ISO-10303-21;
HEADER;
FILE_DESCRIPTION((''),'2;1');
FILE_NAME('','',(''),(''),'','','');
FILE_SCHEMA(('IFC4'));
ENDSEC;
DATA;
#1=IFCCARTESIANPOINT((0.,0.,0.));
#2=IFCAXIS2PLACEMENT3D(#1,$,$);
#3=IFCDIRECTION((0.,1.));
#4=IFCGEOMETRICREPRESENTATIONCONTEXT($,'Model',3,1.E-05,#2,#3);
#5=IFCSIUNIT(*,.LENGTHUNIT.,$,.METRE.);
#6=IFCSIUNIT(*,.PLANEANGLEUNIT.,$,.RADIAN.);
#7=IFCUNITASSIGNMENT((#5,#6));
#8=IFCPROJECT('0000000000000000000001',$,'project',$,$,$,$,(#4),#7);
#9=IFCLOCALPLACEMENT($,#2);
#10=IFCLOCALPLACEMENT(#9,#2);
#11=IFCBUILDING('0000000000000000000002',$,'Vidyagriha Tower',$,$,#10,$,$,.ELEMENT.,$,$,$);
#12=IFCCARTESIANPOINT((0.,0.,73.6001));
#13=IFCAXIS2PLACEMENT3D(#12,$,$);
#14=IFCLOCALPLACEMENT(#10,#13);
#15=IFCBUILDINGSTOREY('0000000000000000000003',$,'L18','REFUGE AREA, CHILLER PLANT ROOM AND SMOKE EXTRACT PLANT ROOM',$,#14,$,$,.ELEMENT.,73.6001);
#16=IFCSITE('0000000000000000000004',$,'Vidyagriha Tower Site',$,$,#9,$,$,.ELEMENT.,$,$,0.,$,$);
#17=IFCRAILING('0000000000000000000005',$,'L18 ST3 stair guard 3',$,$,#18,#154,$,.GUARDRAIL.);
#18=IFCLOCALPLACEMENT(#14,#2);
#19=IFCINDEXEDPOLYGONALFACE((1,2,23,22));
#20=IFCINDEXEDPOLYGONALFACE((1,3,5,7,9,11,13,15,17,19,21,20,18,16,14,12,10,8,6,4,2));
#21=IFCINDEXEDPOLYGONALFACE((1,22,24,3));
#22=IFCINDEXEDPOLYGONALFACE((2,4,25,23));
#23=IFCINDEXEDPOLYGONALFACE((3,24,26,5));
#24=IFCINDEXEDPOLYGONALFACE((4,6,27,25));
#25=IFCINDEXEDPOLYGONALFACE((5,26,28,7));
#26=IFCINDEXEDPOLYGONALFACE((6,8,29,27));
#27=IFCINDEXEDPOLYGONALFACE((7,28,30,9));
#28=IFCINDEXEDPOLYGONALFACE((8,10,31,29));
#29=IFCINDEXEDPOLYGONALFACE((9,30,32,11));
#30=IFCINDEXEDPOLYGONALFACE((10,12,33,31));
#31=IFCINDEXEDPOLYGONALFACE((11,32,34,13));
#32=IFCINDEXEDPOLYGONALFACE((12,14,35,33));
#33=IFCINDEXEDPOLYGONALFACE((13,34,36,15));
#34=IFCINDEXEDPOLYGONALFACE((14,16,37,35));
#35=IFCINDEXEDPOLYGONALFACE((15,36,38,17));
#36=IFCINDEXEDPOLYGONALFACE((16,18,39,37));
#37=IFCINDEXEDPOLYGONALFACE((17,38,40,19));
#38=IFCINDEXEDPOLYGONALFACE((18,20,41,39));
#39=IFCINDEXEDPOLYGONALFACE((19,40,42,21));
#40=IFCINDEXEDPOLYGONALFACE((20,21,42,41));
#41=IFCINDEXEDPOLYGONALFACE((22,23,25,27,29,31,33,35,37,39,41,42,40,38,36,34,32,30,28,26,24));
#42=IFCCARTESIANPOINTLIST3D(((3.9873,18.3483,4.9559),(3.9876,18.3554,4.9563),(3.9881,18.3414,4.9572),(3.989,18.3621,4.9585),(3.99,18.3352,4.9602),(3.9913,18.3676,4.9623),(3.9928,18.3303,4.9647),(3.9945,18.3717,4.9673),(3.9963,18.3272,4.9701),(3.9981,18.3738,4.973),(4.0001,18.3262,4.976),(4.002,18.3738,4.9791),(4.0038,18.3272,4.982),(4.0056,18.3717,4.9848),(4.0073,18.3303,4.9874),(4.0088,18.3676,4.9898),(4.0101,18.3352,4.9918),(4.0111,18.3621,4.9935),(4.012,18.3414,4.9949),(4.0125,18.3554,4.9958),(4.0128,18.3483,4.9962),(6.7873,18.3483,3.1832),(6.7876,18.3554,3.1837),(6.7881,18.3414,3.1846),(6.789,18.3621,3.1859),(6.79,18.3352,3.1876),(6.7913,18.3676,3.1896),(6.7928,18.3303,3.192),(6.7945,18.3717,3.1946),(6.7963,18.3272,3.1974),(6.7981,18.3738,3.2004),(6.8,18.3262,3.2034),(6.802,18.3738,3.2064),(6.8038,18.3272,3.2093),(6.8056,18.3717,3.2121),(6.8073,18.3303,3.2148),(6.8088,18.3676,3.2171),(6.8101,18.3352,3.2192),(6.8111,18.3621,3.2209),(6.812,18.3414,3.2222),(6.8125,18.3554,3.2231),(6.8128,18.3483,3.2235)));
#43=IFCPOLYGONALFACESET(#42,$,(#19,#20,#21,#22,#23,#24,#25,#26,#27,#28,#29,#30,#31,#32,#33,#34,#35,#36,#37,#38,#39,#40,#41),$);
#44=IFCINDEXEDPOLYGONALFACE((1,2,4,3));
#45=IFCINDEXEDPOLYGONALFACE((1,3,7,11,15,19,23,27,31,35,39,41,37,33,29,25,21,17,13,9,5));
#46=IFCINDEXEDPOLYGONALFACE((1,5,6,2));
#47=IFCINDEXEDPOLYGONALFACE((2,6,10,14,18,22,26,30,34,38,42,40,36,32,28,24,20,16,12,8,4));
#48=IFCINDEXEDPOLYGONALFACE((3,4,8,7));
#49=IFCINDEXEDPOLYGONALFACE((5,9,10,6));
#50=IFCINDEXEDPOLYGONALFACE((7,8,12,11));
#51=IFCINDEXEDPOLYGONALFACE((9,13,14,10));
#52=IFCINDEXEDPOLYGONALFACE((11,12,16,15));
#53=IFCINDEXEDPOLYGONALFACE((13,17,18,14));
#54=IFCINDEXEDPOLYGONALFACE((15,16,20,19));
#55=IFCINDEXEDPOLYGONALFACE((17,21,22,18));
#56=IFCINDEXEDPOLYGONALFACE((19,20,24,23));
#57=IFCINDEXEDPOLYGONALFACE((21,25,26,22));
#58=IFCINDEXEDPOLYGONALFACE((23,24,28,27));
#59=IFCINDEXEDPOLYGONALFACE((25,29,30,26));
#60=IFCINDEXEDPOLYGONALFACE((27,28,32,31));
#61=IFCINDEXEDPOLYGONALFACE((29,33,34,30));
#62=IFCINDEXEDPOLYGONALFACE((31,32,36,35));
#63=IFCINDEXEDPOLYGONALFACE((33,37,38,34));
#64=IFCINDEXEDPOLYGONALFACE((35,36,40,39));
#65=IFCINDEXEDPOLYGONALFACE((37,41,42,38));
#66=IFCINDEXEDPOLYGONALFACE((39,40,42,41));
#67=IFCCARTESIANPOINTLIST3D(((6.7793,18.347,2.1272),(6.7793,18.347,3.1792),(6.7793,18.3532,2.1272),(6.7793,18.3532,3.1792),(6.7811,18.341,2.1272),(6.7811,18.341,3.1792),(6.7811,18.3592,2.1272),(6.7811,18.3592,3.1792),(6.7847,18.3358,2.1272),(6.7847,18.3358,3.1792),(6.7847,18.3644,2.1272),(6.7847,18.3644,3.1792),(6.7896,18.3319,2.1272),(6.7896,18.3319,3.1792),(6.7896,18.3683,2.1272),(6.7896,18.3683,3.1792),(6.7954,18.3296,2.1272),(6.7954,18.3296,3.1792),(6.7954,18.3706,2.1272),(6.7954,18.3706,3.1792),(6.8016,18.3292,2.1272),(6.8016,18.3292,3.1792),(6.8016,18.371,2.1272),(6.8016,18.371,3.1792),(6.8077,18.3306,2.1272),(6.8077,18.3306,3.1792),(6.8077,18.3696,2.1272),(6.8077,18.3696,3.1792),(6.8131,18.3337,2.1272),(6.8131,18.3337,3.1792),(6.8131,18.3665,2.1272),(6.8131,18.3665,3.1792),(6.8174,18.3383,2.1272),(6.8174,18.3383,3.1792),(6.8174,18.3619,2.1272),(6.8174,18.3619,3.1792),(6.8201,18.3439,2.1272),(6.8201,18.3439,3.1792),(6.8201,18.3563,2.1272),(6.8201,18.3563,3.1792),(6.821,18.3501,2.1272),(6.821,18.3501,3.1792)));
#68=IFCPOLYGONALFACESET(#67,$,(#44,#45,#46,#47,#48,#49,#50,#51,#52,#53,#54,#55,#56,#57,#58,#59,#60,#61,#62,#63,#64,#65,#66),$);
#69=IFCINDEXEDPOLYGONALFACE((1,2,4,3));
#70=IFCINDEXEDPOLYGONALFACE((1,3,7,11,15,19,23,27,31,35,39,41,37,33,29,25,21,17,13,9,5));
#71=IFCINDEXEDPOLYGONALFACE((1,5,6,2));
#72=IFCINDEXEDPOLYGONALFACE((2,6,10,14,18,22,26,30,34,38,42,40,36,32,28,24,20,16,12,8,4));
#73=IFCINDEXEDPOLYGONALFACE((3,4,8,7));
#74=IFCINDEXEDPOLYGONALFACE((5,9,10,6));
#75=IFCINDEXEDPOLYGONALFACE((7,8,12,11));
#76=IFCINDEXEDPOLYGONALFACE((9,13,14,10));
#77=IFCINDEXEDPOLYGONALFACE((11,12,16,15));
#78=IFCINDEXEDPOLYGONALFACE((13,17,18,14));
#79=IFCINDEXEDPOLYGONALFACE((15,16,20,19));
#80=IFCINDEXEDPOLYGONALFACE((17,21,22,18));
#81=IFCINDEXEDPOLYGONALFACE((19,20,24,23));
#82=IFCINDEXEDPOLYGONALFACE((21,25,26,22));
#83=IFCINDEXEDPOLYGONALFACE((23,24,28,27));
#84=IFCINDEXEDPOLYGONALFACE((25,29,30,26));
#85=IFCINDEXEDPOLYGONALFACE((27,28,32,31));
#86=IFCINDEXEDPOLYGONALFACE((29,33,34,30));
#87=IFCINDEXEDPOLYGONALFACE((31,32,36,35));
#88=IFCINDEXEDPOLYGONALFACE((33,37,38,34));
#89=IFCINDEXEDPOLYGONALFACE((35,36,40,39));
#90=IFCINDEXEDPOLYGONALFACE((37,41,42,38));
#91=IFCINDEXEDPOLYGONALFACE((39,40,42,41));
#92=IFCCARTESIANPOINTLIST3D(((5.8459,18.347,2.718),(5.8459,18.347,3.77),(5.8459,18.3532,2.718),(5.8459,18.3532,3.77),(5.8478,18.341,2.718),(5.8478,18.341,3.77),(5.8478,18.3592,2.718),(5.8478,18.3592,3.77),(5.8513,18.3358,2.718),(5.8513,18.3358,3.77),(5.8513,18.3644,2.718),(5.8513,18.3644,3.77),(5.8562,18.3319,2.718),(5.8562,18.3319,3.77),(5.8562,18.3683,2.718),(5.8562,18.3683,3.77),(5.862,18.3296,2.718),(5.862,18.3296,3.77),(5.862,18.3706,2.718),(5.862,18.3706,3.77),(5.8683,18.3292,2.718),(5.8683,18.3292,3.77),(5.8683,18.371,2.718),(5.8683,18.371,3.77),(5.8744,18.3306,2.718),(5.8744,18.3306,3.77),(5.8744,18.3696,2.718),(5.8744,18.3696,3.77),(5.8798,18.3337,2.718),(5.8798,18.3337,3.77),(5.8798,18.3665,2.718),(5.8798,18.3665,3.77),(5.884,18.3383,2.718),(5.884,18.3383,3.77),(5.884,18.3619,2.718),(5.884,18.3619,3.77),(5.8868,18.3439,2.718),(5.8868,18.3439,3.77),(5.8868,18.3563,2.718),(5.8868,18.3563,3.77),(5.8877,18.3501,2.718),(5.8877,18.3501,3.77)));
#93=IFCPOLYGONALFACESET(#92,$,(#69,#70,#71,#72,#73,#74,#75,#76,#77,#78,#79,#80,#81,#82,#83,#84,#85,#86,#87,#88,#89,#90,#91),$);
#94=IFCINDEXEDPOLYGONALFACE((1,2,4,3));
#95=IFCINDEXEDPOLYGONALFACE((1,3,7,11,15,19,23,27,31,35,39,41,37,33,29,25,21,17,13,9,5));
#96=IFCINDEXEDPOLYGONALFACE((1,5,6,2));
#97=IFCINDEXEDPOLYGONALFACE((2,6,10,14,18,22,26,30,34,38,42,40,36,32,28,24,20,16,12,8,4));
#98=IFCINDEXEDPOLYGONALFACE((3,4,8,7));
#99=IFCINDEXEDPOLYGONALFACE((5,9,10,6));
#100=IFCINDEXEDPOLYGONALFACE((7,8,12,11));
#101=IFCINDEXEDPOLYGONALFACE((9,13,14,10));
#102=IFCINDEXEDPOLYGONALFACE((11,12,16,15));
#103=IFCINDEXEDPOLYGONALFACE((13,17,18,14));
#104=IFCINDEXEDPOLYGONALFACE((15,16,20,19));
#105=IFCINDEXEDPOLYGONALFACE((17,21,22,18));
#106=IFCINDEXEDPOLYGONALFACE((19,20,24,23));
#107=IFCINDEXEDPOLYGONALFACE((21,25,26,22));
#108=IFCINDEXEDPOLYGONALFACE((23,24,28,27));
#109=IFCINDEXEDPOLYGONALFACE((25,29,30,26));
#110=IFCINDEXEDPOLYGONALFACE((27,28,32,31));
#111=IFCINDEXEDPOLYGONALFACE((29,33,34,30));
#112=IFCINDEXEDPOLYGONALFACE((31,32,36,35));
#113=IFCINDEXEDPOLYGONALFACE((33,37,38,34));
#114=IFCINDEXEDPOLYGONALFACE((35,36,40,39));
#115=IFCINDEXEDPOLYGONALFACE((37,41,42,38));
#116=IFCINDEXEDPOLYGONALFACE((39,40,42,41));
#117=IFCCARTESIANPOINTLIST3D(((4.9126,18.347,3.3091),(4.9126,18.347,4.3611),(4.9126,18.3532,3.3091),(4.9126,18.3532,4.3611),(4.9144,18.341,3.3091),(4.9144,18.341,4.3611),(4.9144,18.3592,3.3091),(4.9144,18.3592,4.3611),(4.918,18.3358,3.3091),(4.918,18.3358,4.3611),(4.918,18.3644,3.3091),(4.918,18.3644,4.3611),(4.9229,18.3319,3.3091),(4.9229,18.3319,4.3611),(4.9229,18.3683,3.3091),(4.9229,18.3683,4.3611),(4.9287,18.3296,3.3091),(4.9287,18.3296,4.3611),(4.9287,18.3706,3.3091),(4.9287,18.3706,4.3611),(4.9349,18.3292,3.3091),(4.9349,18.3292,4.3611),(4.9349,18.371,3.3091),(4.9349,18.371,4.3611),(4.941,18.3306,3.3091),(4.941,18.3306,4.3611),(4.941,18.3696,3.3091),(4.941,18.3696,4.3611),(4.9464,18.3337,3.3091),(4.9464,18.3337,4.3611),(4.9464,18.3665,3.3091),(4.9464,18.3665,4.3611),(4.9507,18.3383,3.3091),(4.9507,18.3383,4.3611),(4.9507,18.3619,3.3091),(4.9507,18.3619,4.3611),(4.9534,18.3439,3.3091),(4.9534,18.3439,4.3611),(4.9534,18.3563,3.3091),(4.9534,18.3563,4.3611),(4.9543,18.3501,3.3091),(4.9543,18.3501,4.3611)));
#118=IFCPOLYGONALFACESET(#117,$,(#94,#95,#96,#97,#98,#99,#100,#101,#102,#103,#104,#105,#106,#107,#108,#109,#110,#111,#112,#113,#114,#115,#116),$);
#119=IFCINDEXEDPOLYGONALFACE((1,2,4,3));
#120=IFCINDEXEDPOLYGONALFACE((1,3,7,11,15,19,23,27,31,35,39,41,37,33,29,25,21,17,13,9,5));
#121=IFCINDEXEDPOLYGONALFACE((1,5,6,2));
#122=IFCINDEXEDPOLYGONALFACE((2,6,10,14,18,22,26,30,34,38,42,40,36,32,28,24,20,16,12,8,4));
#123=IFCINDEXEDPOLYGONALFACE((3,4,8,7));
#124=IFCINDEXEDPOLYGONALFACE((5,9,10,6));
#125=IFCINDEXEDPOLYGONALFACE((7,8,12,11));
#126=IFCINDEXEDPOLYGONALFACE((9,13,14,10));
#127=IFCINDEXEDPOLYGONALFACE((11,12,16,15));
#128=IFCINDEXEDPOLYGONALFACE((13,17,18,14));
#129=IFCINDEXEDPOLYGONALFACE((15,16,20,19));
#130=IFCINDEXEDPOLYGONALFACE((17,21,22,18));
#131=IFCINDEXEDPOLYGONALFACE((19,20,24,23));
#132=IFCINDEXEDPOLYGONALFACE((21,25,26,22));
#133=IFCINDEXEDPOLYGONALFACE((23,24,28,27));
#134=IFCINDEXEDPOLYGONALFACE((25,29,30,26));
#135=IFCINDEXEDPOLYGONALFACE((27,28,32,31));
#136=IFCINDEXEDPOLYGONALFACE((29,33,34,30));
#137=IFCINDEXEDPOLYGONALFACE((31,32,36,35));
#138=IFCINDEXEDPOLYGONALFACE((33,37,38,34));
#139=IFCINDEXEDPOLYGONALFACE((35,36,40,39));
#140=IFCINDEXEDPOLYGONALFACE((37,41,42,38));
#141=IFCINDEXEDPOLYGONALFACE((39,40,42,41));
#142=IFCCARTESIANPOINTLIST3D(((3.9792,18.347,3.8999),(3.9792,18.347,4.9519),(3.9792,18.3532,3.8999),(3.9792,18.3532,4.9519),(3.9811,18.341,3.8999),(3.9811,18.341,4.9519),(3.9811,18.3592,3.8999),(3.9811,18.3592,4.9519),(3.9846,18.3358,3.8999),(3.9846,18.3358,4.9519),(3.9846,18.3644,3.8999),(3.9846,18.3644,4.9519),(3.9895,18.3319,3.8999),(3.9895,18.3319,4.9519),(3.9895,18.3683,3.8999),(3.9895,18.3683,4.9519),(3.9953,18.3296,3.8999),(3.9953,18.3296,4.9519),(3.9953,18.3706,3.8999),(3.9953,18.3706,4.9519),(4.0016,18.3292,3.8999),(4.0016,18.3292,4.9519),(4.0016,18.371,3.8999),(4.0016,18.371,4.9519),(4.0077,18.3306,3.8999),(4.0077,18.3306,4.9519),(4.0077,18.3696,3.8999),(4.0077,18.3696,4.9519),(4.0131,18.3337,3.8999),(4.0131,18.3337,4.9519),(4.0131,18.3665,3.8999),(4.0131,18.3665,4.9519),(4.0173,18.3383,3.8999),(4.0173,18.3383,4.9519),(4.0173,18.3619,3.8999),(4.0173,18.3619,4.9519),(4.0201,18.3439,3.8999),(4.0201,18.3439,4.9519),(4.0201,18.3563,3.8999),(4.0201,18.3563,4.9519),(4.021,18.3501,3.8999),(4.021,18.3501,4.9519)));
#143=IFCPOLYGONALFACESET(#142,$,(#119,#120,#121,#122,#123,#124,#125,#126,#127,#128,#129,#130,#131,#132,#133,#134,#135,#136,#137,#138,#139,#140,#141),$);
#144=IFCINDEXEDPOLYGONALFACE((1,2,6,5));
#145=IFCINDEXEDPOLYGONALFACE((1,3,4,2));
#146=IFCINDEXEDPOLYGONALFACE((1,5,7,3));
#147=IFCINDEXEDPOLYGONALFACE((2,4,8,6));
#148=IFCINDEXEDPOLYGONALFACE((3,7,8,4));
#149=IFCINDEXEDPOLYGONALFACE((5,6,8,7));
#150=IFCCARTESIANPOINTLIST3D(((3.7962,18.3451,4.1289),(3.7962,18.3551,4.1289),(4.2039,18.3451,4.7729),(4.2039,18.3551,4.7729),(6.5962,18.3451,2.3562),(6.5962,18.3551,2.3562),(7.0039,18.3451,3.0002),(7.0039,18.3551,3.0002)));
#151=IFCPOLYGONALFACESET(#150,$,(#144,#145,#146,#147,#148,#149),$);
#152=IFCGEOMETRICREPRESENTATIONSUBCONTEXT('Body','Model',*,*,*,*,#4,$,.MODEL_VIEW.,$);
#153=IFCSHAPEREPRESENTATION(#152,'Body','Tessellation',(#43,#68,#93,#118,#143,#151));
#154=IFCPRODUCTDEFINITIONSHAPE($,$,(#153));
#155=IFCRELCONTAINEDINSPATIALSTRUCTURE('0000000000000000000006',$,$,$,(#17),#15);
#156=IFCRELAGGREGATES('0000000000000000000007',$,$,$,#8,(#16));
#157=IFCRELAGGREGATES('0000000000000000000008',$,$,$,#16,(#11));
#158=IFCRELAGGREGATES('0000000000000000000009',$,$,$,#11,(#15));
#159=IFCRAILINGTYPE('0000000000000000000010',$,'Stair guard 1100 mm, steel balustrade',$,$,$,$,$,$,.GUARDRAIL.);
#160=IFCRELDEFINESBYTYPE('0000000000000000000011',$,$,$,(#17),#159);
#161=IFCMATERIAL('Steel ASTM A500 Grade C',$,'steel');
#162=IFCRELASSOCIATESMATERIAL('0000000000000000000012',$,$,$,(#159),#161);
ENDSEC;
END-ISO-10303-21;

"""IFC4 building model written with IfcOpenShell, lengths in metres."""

from ifc_helpers import new_model, si_unit, direction, frame, origin, origin_2d, place, context, subcontext, project, spatial, rectangle, circle, extrude, material, type_object, element, save


model = new_model("IFC4")

# Units and contexts
model_context = context("Model", 3, precision=1e-05, world=origin(), true_north=direction((0.0, 1.0)))
body_context = subcontext(model_context, "Body", "Model", "MODEL_VIEW")
ifc_project = project(units=[si_unit("LENGTHUNIT", "METRE"), si_unit("PLANEANGLEUNIT", "RADIAN")], contexts=[model_context])

# Site, building, storey
site_placement = place(None, origin())
site = spatial("IfcSite", under=ifc_project, at=site_placement, Name="Vidyagriha Tower Site", CompositionType="ELEMENT", RefElevation=0.0)
building_placement = place(site_placement, origin())
building = spatial("IfcBuilding", under=site, at=building_placement, Name="Vidyagriha Tower", CompositionType="ELEMENT")
storey_placement = place(building_placement, frame((0.0, 0.0, 73.6001)))
storey = spatial("IfcBuildingStorey", under=building, at=storey_placement, Name="L18", Description="REFUGE AREA, CHILLER PLANT ROOM AND SMOKE EXTRACT PLANT ROOM", CompositionType="ELEMENT", Elevation=73.6001)

# Railing
ifc_material_1 = material(Name="Steel ASTM A500 Grade C", Category="steel")
railing_type_1 = type_object("IfcRailingType", Name="Stair guard 1100 mm, steel balustrade", PredefinedType="GUARDRAIL", material=ifc_material_1)
railing_1_placement = place(storey_placement, frame((6.8, 18.3501, 2.1272)))
element("IfcRailing", 1, at=railing_1_placement, inside=storey, type_object=railing_type_1, Name="L18 ST3 stair guard 3", PredefinedType="GUARDRAIL", context=body_context, shape_type="SweptSolid", body=[
    extrude(circle(Radius=0.0239, at=origin_2d()), frame((0.0, 0.0, 1.0762), z_axis=(-0.844909, 0.0, 0.53491), x_axis=(0.0, -1.0, 0.0)), (0.0, 0.0, 1.0), 3.314),
    extrude(circle(Radius=0.021, at=origin_2d()), origin(), (0.0, 0.0, 1.0), 1.052),
    extrude(circle(Radius=0.021, at=origin_2d()), frame((-0.9333, 0.0, 0.5908)), (0.0, 0.0, 1.0), 1.052),
    extrude(circle(Radius=0.021, at=origin_2d()), frame((-1.8667, 0.0, 1.1819)), (0.0, 0.0, 1.0), 1.052),
    extrude(circle(Radius=0.021, at=origin_2d()), frame((-2.8, 0.0, 1.7727)), (0.0, 0.0, 1.0), 1.052),
    extrude(rectangle(XDim=0.01, YDim=0.7622, at=origin_2d()), frame((0.0, 0.0, 0.551), z_axis=(-0.844909, 0.0, 0.53491), x_axis=(0.0, -1.0, 0.0)), (0.0, 0.0, 1.0), 3.314),
])

save(model, "model.ifc")
